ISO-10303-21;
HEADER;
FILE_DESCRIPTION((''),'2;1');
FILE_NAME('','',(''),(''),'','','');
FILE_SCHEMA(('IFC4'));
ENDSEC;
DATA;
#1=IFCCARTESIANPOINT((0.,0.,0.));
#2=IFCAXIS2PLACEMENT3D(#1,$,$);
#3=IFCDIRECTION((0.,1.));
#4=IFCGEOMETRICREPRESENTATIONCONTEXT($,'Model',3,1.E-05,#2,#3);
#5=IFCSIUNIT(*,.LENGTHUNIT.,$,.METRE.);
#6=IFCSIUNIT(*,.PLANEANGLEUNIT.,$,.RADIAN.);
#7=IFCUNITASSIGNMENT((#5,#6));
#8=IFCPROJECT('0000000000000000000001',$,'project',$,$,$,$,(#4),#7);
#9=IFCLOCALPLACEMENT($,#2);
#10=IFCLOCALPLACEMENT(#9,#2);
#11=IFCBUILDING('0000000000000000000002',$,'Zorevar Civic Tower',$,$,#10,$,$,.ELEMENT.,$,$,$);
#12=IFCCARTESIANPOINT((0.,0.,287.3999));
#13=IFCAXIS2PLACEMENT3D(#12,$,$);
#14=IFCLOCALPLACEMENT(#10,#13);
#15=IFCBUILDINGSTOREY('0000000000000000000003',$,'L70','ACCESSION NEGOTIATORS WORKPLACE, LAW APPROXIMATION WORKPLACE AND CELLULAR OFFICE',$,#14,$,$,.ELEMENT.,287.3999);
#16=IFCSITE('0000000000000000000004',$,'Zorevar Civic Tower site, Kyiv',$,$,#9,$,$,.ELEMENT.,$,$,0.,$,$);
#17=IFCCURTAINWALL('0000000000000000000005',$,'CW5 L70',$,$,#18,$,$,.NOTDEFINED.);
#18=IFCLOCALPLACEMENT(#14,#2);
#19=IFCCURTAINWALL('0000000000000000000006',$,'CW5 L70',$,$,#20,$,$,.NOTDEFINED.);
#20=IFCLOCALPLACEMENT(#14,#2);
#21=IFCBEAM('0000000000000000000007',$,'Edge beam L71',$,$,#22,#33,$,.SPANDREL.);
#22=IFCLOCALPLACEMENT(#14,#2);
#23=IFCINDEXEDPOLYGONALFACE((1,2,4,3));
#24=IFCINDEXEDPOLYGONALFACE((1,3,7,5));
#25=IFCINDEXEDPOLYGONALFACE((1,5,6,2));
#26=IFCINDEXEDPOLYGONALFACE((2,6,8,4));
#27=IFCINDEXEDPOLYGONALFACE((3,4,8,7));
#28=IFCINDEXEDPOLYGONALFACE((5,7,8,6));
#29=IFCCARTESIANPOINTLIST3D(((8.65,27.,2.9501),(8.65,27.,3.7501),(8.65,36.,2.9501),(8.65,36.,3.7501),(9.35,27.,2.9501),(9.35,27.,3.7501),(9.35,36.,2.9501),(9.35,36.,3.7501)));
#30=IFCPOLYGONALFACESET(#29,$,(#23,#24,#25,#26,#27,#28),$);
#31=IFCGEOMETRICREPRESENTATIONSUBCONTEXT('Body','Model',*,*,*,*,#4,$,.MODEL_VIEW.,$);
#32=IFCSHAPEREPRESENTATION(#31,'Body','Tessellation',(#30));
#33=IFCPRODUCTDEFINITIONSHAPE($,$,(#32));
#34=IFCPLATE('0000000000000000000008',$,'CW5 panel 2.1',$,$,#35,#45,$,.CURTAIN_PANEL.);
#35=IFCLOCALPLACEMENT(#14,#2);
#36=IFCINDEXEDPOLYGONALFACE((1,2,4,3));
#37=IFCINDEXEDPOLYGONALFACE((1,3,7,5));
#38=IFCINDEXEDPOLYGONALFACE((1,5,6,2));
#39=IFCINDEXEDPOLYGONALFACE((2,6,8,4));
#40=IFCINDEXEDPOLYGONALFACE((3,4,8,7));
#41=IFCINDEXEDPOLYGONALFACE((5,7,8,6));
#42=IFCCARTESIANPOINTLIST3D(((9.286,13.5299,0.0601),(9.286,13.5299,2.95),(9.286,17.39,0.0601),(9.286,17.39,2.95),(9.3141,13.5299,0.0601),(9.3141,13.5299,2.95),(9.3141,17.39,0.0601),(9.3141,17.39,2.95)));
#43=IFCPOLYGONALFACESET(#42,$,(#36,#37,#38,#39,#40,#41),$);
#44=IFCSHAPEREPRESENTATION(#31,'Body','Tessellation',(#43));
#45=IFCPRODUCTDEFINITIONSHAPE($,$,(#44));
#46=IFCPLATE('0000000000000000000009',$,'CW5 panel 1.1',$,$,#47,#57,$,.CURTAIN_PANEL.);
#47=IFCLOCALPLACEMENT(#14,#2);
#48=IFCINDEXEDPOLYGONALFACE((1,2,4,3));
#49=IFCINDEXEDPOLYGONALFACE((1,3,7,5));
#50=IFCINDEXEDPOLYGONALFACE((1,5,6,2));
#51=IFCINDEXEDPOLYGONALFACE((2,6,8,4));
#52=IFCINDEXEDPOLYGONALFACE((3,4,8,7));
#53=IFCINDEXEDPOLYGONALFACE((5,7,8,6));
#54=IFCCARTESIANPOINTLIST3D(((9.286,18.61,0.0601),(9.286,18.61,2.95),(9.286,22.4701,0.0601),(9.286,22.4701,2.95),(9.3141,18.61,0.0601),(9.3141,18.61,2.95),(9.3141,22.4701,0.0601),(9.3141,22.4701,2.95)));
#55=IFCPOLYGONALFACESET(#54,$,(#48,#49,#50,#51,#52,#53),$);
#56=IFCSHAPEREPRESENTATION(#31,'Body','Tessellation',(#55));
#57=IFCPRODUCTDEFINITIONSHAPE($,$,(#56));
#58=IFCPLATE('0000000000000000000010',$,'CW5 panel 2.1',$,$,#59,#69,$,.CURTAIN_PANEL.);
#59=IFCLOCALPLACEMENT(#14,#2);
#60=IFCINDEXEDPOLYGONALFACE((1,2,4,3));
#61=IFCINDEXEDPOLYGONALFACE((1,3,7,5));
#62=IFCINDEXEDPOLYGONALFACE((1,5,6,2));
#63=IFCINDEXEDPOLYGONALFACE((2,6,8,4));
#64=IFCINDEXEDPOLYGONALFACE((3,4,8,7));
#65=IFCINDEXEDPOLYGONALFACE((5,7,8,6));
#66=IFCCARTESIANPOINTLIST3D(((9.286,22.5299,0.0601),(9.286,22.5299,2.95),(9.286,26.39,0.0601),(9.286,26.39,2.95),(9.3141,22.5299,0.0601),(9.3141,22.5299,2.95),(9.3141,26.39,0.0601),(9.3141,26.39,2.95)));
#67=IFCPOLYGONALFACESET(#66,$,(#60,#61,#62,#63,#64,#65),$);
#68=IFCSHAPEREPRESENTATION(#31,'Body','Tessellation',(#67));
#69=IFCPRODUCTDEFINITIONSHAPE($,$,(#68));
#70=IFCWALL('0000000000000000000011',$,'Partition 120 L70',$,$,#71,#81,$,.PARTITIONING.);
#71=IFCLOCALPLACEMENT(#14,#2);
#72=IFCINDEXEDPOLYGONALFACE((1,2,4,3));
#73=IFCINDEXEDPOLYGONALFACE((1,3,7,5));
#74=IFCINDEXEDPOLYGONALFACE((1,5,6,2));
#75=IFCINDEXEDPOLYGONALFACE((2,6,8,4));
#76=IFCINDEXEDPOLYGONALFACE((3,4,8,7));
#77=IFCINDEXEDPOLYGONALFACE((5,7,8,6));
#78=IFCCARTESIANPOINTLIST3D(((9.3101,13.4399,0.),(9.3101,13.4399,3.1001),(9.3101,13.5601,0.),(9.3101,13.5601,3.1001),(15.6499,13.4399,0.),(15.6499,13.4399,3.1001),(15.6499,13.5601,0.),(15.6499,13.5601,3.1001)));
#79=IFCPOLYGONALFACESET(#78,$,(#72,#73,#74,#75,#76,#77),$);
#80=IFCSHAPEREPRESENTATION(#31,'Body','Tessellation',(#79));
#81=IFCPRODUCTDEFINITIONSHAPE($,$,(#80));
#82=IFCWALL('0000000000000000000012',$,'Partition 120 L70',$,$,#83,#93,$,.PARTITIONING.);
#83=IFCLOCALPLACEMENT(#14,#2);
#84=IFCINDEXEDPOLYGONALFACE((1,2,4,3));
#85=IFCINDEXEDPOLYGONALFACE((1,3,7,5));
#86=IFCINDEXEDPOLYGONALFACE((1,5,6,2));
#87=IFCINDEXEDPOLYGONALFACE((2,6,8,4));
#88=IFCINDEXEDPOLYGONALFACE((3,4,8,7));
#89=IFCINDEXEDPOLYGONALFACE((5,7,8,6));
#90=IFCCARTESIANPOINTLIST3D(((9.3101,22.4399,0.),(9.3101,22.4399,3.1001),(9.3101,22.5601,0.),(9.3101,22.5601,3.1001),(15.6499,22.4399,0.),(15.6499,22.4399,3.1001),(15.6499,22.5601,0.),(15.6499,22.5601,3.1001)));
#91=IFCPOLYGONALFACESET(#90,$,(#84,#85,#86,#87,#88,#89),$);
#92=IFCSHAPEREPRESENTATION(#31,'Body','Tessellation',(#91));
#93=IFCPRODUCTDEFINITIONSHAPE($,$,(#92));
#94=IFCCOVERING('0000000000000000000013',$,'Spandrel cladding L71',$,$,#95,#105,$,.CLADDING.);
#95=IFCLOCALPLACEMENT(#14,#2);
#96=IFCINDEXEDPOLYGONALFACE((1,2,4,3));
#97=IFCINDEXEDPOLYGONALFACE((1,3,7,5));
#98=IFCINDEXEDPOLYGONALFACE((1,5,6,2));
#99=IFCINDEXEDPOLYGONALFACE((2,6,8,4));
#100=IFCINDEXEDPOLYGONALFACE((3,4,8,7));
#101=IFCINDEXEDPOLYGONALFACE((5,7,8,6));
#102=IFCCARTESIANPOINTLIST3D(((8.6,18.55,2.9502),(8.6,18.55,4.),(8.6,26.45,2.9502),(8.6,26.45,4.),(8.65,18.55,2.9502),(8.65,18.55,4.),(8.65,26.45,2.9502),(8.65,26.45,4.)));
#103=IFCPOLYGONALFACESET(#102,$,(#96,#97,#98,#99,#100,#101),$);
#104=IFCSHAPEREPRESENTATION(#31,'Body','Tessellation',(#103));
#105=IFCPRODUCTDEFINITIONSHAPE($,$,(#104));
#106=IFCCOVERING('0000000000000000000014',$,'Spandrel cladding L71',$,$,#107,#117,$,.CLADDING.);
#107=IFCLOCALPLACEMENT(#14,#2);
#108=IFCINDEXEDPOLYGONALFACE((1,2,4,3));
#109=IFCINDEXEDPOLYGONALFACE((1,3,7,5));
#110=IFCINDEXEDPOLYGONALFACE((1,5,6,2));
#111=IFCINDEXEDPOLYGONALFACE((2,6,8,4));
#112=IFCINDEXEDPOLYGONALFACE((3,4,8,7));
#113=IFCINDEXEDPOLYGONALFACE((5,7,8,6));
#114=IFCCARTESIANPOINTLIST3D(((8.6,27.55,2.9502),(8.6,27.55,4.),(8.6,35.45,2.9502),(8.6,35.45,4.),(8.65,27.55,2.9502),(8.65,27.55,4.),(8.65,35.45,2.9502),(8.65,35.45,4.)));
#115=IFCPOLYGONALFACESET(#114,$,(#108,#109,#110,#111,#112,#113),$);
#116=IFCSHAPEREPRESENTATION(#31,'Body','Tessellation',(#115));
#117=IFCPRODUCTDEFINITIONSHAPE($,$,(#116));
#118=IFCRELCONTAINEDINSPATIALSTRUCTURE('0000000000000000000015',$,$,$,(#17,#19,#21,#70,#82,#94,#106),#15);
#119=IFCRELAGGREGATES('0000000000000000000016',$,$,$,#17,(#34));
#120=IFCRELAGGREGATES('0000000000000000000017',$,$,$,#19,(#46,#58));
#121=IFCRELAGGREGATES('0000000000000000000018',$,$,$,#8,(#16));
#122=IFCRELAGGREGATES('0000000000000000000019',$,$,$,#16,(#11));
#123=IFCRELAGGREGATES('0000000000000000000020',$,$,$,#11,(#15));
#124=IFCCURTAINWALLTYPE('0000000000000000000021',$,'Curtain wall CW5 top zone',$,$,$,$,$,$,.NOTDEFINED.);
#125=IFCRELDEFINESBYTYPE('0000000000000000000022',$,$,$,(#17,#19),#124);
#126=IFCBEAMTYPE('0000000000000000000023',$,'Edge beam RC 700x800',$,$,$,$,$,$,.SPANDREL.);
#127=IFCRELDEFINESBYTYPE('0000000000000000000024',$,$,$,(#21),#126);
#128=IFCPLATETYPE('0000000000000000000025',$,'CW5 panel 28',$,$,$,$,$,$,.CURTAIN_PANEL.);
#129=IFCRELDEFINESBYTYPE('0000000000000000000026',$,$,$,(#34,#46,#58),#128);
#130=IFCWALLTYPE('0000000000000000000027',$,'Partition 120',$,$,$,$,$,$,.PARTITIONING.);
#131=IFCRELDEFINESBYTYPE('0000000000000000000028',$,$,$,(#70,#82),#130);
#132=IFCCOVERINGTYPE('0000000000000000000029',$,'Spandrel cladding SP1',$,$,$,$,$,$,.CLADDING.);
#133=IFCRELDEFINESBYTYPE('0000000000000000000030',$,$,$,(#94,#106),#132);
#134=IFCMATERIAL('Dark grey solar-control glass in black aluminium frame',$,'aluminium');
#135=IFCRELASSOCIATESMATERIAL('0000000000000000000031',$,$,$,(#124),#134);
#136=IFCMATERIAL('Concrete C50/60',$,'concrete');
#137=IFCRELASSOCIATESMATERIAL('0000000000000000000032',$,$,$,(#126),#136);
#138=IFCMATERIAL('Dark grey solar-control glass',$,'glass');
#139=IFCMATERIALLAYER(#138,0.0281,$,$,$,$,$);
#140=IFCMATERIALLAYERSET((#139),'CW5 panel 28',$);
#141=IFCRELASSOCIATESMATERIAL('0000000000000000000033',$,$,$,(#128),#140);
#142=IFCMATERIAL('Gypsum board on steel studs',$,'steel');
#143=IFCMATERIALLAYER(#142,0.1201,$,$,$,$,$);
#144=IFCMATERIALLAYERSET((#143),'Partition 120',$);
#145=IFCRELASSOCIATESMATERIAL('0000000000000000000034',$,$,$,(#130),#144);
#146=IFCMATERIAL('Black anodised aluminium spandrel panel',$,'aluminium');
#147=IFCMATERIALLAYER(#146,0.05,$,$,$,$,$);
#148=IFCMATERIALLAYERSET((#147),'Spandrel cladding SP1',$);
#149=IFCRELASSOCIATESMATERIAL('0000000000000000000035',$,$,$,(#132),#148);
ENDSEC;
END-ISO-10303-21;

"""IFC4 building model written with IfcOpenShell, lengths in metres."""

from ifc_helpers import new_model, si_unit, direction, frame, frame_2d, origin, origin_2d, place, context, subcontext, project, spatial, rectangle, extrude, material, layer, layer_set, material_profile, profile_set, type_object, element, aggregate, save


model = new_model("IFC4")

# Units and contexts
model_context = context("Model", 3, precision=1e-05, world=origin(), true_north=direction((0.0, 1.0)))
body_context = subcontext(model_context, "Body", "Model", "MODEL_VIEW")
ifc_project = project(units=[si_unit("LENGTHUNIT", "METRE"), si_unit("PLANEANGLEUNIT", "RADIAN")], contexts=[model_context])

# Site, building, storey
site_placement = place(None, origin())
site = spatial("IfcSite", under=ifc_project, at=site_placement, Name="Zorevar Civic Tower site, Kyiv", CompositionType="ELEMENT", RefElevation=0.0)
building_placement = place(site_placement, origin())
building = spatial("IfcBuilding", under=site, at=building_placement, Name="Zorevar Civic Tower", CompositionType="ELEMENT")
storey_placement = place(building_placement, frame((0.0, 0.0, 287.3999)))
storey = spatial("IfcBuildingStorey", under=building, at=storey_placement, Name="L70", Description="ACCESSION NEGOTIATORS WORKPLACE, LAW APPROXIMATION WORKPLACE AND CELLULAR OFFICE", CompositionType="ELEMENT", Elevation=287.3999)

# Curtain walls
ifc_material_1 = material(Name="Dark grey solar-control glass in black aluminium frame", Category="aluminium")
curtain_wall_type = type_object("IfcCurtainWallType", Name="Curtain wall CW5 top zone", PredefinedType="NOTDEFINED", material=ifc_material_1)
curtain_wall_1_placement = place(storey_placement, origin())
curtain_wall_1 = element("IfcCurtainWall", 1, at=curtain_wall_1_placement, inside=storey, type_object=curtain_wall_type, Name="CW5 L70", PredefinedType="NOTDEFINED")
curtain_wall_2_placement = place(storey_placement, origin())
curtain_wall_2 = element("IfcCurtainWall", 2, at=curtain_wall_2_placement, inside=storey, type_object=curtain_wall_type, Name="CW5 L70", PredefinedType="NOTDEFINED")

# Beam
ifc_material_2 = material(Name="Concrete C50/60", Category="concrete")
ifc_material_profile_1 = material_profile(ifc_material_2, rectangle(XDim=0.7, YDim=0.8, at=origin_2d()), Name="RC 700x800")
ifc_profile_set_1 = profile_set([ifc_material_profile_1], Name="Concrete C50/60")
beam_type_1 = type_object("IfcBeamType", Name="Edge beam RC 700x800", PredefinedType="SPANDREL", material=ifc_profile_set_1)
for number, where, z_axis, x_axis, name in (
    (3, (9.0, 27.0, 3.3501), (0.0, 1.0, 0.0), (-1.0, 0.0, 0.0), "Edge beam L71"),
):
    element("IfcBeam", number, at=place(storey_placement, frame(where, z_axis=z_axis, x_axis=x_axis)), inside=storey, type_object=beam_type_1, Name=name, PredefinedType="SPANDREL", context=body_context, shape_type="SweptSolid", body=[
        extrude(rectangle(XDim=0.7, YDim=0.8, at=origin_2d()), origin(), (0.0, 0.0, 1.0), 9.0),
    ])

# Plates
ifc_material_3 = material(Name="Dark grey solar-control glass", Category="glass")
ifc_layer_1 = layer(ifc_material_3, 0.0281)
ifc_layer_set_1 = layer_set([ifc_layer_1], Name="CW5 panel 28")
plate_type = type_object("IfcPlateType", Name="CW5 panel 28", PredefinedType="CURTAIN_PANEL", material=ifc_layer_set_1)
plate_1_placement = place(storey_placement, frame((9.3, 15.46, 0.0601), z_axis=(0.0, 0.0, 1.0), x_axis=(0.0, 1.0, 0.0)))
plate_1 = element("IfcPlate", 4, at=plate_1_placement, type_object=plate_type, Name="CW5 panel 2.1", PredefinedType="CURTAIN_PANEL", context=body_context, shape_type="SweptSolid", body=[
    extrude(rectangle(XDim=3.8601, YDim=0.0281, at=origin_2d()), origin(), (0.0, 0.0, 1.0), 2.8899),
])
aggregate(curtain_wall_1, [plate_1])
plate_2_placement = place(storey_placement, frame((9.3, 20.54, 0.0601), z_axis=(0.0, 0.0, 1.0), x_axis=(0.0, 1.0, 0.0)))
plate_2 = element("IfcPlate", 5, at=plate_2_placement, type_object=plate_type, Name="CW5 panel 1.1", PredefinedType="CURTAIN_PANEL", context=body_context, shape_type="SweptSolid", body=[
    extrude(rectangle(XDim=3.8601, YDim=0.0281, at=origin_2d()), origin(), (0.0, 0.0, 1.0), 2.8899),
])
plate_3_placement = place(storey_placement, frame((9.3, 24.46, 0.0601), z_axis=(0.0, 0.0, 1.0), x_axis=(0.0, 1.0, 0.0)))
plate_3 = element("IfcPlate", 6, at=plate_3_placement, type_object=plate_type, Name="CW5 panel 2.1", PredefinedType="CURTAIN_PANEL", context=body_context, shape_type="SweptSolid", body=[
    extrude(rectangle(XDim=3.8601, YDim=0.0281, at=origin_2d()), origin(), (0.0, 0.0, 1.0), 2.8899),
])
aggregate(curtain_wall_2, [plate_2, plate_3])

# Walls
ifc_material_4 = material(Name="Gypsum board on steel studs", Category="steel")
ifc_layer_2 = layer(ifc_material_4, 0.1201)
ifc_layer_set_2 = layer_set([ifc_layer_2], Name="Partition 120")
wall_type = type_object("IfcWallType", Name="Partition 120", PredefinedType="PARTITIONING", material=ifc_layer_set_2)
for number, where, z_axis, x_axis, name in (
    (7, (9.3101, 13.5, 0.0), (0.0, 0.0, 1.0), (1.0, 0.0, 0.0), "Partition 120 L70"),
    (8, (9.3101, 22.5, 0.0), (0.0, 0.0, 1.0), (1.0, 0.0, 0.0), "Partition 120 L70"),
):
    element("IfcWall", number, at=place(storey_placement, frame(where, z_axis=z_axis, x_axis=x_axis)), inside=storey, type_object=wall_type, Name=name, PredefinedType="PARTITIONING", context=body_context, shape_type="SweptSolid", body=[
        extrude(rectangle(XDim=6.3398, YDim=0.1201, at=frame_2d((3.1699, 0.0))), origin(), (0.0, 0.0, 1.0), 3.1001),
    ])

# Coverings
ifc_material_5 = material(Name="Black anodised aluminium spandrel panel", Category="aluminium")
ifc_layer_3 = layer(ifc_material_5, 0.05)
ifc_layer_set_3 = layer_set([ifc_layer_3], Name="Spandrel cladding SP1")
covering_type = type_object("IfcCoveringType", Name="Spandrel cladding SP1", PredefinedType="CLADDING", material=ifc_layer_set_3)
for number, where, z_axis, x_axis, name in (
    (9, (8.625, 18.55, 2.9502), (0.0, 0.0, 1.0), (0.0, 1.0, 0.0), "Spandrel cladding L71"),
    (10, (8.625, 27.55, 2.9502), (0.0, 0.0, 1.0), (0.0, 1.0, 0.0), "Spandrel cladding L71"),
):
    element("IfcCovering", number, at=place(storey_placement, frame(where, z_axis=z_axis, x_axis=x_axis)), inside=storey, type_object=covering_type, Name=name, PredefinedType="CLADDING", context=body_context, shape_type="SweptSolid", body=[
        extrude(rectangle(XDim=7.8999, YDim=0.05, at=frame_2d((3.95, 0.0))), origin(), (0.0, 0.0, 1.0), 1.0498),
    ])

save(model, "model.ifc")
